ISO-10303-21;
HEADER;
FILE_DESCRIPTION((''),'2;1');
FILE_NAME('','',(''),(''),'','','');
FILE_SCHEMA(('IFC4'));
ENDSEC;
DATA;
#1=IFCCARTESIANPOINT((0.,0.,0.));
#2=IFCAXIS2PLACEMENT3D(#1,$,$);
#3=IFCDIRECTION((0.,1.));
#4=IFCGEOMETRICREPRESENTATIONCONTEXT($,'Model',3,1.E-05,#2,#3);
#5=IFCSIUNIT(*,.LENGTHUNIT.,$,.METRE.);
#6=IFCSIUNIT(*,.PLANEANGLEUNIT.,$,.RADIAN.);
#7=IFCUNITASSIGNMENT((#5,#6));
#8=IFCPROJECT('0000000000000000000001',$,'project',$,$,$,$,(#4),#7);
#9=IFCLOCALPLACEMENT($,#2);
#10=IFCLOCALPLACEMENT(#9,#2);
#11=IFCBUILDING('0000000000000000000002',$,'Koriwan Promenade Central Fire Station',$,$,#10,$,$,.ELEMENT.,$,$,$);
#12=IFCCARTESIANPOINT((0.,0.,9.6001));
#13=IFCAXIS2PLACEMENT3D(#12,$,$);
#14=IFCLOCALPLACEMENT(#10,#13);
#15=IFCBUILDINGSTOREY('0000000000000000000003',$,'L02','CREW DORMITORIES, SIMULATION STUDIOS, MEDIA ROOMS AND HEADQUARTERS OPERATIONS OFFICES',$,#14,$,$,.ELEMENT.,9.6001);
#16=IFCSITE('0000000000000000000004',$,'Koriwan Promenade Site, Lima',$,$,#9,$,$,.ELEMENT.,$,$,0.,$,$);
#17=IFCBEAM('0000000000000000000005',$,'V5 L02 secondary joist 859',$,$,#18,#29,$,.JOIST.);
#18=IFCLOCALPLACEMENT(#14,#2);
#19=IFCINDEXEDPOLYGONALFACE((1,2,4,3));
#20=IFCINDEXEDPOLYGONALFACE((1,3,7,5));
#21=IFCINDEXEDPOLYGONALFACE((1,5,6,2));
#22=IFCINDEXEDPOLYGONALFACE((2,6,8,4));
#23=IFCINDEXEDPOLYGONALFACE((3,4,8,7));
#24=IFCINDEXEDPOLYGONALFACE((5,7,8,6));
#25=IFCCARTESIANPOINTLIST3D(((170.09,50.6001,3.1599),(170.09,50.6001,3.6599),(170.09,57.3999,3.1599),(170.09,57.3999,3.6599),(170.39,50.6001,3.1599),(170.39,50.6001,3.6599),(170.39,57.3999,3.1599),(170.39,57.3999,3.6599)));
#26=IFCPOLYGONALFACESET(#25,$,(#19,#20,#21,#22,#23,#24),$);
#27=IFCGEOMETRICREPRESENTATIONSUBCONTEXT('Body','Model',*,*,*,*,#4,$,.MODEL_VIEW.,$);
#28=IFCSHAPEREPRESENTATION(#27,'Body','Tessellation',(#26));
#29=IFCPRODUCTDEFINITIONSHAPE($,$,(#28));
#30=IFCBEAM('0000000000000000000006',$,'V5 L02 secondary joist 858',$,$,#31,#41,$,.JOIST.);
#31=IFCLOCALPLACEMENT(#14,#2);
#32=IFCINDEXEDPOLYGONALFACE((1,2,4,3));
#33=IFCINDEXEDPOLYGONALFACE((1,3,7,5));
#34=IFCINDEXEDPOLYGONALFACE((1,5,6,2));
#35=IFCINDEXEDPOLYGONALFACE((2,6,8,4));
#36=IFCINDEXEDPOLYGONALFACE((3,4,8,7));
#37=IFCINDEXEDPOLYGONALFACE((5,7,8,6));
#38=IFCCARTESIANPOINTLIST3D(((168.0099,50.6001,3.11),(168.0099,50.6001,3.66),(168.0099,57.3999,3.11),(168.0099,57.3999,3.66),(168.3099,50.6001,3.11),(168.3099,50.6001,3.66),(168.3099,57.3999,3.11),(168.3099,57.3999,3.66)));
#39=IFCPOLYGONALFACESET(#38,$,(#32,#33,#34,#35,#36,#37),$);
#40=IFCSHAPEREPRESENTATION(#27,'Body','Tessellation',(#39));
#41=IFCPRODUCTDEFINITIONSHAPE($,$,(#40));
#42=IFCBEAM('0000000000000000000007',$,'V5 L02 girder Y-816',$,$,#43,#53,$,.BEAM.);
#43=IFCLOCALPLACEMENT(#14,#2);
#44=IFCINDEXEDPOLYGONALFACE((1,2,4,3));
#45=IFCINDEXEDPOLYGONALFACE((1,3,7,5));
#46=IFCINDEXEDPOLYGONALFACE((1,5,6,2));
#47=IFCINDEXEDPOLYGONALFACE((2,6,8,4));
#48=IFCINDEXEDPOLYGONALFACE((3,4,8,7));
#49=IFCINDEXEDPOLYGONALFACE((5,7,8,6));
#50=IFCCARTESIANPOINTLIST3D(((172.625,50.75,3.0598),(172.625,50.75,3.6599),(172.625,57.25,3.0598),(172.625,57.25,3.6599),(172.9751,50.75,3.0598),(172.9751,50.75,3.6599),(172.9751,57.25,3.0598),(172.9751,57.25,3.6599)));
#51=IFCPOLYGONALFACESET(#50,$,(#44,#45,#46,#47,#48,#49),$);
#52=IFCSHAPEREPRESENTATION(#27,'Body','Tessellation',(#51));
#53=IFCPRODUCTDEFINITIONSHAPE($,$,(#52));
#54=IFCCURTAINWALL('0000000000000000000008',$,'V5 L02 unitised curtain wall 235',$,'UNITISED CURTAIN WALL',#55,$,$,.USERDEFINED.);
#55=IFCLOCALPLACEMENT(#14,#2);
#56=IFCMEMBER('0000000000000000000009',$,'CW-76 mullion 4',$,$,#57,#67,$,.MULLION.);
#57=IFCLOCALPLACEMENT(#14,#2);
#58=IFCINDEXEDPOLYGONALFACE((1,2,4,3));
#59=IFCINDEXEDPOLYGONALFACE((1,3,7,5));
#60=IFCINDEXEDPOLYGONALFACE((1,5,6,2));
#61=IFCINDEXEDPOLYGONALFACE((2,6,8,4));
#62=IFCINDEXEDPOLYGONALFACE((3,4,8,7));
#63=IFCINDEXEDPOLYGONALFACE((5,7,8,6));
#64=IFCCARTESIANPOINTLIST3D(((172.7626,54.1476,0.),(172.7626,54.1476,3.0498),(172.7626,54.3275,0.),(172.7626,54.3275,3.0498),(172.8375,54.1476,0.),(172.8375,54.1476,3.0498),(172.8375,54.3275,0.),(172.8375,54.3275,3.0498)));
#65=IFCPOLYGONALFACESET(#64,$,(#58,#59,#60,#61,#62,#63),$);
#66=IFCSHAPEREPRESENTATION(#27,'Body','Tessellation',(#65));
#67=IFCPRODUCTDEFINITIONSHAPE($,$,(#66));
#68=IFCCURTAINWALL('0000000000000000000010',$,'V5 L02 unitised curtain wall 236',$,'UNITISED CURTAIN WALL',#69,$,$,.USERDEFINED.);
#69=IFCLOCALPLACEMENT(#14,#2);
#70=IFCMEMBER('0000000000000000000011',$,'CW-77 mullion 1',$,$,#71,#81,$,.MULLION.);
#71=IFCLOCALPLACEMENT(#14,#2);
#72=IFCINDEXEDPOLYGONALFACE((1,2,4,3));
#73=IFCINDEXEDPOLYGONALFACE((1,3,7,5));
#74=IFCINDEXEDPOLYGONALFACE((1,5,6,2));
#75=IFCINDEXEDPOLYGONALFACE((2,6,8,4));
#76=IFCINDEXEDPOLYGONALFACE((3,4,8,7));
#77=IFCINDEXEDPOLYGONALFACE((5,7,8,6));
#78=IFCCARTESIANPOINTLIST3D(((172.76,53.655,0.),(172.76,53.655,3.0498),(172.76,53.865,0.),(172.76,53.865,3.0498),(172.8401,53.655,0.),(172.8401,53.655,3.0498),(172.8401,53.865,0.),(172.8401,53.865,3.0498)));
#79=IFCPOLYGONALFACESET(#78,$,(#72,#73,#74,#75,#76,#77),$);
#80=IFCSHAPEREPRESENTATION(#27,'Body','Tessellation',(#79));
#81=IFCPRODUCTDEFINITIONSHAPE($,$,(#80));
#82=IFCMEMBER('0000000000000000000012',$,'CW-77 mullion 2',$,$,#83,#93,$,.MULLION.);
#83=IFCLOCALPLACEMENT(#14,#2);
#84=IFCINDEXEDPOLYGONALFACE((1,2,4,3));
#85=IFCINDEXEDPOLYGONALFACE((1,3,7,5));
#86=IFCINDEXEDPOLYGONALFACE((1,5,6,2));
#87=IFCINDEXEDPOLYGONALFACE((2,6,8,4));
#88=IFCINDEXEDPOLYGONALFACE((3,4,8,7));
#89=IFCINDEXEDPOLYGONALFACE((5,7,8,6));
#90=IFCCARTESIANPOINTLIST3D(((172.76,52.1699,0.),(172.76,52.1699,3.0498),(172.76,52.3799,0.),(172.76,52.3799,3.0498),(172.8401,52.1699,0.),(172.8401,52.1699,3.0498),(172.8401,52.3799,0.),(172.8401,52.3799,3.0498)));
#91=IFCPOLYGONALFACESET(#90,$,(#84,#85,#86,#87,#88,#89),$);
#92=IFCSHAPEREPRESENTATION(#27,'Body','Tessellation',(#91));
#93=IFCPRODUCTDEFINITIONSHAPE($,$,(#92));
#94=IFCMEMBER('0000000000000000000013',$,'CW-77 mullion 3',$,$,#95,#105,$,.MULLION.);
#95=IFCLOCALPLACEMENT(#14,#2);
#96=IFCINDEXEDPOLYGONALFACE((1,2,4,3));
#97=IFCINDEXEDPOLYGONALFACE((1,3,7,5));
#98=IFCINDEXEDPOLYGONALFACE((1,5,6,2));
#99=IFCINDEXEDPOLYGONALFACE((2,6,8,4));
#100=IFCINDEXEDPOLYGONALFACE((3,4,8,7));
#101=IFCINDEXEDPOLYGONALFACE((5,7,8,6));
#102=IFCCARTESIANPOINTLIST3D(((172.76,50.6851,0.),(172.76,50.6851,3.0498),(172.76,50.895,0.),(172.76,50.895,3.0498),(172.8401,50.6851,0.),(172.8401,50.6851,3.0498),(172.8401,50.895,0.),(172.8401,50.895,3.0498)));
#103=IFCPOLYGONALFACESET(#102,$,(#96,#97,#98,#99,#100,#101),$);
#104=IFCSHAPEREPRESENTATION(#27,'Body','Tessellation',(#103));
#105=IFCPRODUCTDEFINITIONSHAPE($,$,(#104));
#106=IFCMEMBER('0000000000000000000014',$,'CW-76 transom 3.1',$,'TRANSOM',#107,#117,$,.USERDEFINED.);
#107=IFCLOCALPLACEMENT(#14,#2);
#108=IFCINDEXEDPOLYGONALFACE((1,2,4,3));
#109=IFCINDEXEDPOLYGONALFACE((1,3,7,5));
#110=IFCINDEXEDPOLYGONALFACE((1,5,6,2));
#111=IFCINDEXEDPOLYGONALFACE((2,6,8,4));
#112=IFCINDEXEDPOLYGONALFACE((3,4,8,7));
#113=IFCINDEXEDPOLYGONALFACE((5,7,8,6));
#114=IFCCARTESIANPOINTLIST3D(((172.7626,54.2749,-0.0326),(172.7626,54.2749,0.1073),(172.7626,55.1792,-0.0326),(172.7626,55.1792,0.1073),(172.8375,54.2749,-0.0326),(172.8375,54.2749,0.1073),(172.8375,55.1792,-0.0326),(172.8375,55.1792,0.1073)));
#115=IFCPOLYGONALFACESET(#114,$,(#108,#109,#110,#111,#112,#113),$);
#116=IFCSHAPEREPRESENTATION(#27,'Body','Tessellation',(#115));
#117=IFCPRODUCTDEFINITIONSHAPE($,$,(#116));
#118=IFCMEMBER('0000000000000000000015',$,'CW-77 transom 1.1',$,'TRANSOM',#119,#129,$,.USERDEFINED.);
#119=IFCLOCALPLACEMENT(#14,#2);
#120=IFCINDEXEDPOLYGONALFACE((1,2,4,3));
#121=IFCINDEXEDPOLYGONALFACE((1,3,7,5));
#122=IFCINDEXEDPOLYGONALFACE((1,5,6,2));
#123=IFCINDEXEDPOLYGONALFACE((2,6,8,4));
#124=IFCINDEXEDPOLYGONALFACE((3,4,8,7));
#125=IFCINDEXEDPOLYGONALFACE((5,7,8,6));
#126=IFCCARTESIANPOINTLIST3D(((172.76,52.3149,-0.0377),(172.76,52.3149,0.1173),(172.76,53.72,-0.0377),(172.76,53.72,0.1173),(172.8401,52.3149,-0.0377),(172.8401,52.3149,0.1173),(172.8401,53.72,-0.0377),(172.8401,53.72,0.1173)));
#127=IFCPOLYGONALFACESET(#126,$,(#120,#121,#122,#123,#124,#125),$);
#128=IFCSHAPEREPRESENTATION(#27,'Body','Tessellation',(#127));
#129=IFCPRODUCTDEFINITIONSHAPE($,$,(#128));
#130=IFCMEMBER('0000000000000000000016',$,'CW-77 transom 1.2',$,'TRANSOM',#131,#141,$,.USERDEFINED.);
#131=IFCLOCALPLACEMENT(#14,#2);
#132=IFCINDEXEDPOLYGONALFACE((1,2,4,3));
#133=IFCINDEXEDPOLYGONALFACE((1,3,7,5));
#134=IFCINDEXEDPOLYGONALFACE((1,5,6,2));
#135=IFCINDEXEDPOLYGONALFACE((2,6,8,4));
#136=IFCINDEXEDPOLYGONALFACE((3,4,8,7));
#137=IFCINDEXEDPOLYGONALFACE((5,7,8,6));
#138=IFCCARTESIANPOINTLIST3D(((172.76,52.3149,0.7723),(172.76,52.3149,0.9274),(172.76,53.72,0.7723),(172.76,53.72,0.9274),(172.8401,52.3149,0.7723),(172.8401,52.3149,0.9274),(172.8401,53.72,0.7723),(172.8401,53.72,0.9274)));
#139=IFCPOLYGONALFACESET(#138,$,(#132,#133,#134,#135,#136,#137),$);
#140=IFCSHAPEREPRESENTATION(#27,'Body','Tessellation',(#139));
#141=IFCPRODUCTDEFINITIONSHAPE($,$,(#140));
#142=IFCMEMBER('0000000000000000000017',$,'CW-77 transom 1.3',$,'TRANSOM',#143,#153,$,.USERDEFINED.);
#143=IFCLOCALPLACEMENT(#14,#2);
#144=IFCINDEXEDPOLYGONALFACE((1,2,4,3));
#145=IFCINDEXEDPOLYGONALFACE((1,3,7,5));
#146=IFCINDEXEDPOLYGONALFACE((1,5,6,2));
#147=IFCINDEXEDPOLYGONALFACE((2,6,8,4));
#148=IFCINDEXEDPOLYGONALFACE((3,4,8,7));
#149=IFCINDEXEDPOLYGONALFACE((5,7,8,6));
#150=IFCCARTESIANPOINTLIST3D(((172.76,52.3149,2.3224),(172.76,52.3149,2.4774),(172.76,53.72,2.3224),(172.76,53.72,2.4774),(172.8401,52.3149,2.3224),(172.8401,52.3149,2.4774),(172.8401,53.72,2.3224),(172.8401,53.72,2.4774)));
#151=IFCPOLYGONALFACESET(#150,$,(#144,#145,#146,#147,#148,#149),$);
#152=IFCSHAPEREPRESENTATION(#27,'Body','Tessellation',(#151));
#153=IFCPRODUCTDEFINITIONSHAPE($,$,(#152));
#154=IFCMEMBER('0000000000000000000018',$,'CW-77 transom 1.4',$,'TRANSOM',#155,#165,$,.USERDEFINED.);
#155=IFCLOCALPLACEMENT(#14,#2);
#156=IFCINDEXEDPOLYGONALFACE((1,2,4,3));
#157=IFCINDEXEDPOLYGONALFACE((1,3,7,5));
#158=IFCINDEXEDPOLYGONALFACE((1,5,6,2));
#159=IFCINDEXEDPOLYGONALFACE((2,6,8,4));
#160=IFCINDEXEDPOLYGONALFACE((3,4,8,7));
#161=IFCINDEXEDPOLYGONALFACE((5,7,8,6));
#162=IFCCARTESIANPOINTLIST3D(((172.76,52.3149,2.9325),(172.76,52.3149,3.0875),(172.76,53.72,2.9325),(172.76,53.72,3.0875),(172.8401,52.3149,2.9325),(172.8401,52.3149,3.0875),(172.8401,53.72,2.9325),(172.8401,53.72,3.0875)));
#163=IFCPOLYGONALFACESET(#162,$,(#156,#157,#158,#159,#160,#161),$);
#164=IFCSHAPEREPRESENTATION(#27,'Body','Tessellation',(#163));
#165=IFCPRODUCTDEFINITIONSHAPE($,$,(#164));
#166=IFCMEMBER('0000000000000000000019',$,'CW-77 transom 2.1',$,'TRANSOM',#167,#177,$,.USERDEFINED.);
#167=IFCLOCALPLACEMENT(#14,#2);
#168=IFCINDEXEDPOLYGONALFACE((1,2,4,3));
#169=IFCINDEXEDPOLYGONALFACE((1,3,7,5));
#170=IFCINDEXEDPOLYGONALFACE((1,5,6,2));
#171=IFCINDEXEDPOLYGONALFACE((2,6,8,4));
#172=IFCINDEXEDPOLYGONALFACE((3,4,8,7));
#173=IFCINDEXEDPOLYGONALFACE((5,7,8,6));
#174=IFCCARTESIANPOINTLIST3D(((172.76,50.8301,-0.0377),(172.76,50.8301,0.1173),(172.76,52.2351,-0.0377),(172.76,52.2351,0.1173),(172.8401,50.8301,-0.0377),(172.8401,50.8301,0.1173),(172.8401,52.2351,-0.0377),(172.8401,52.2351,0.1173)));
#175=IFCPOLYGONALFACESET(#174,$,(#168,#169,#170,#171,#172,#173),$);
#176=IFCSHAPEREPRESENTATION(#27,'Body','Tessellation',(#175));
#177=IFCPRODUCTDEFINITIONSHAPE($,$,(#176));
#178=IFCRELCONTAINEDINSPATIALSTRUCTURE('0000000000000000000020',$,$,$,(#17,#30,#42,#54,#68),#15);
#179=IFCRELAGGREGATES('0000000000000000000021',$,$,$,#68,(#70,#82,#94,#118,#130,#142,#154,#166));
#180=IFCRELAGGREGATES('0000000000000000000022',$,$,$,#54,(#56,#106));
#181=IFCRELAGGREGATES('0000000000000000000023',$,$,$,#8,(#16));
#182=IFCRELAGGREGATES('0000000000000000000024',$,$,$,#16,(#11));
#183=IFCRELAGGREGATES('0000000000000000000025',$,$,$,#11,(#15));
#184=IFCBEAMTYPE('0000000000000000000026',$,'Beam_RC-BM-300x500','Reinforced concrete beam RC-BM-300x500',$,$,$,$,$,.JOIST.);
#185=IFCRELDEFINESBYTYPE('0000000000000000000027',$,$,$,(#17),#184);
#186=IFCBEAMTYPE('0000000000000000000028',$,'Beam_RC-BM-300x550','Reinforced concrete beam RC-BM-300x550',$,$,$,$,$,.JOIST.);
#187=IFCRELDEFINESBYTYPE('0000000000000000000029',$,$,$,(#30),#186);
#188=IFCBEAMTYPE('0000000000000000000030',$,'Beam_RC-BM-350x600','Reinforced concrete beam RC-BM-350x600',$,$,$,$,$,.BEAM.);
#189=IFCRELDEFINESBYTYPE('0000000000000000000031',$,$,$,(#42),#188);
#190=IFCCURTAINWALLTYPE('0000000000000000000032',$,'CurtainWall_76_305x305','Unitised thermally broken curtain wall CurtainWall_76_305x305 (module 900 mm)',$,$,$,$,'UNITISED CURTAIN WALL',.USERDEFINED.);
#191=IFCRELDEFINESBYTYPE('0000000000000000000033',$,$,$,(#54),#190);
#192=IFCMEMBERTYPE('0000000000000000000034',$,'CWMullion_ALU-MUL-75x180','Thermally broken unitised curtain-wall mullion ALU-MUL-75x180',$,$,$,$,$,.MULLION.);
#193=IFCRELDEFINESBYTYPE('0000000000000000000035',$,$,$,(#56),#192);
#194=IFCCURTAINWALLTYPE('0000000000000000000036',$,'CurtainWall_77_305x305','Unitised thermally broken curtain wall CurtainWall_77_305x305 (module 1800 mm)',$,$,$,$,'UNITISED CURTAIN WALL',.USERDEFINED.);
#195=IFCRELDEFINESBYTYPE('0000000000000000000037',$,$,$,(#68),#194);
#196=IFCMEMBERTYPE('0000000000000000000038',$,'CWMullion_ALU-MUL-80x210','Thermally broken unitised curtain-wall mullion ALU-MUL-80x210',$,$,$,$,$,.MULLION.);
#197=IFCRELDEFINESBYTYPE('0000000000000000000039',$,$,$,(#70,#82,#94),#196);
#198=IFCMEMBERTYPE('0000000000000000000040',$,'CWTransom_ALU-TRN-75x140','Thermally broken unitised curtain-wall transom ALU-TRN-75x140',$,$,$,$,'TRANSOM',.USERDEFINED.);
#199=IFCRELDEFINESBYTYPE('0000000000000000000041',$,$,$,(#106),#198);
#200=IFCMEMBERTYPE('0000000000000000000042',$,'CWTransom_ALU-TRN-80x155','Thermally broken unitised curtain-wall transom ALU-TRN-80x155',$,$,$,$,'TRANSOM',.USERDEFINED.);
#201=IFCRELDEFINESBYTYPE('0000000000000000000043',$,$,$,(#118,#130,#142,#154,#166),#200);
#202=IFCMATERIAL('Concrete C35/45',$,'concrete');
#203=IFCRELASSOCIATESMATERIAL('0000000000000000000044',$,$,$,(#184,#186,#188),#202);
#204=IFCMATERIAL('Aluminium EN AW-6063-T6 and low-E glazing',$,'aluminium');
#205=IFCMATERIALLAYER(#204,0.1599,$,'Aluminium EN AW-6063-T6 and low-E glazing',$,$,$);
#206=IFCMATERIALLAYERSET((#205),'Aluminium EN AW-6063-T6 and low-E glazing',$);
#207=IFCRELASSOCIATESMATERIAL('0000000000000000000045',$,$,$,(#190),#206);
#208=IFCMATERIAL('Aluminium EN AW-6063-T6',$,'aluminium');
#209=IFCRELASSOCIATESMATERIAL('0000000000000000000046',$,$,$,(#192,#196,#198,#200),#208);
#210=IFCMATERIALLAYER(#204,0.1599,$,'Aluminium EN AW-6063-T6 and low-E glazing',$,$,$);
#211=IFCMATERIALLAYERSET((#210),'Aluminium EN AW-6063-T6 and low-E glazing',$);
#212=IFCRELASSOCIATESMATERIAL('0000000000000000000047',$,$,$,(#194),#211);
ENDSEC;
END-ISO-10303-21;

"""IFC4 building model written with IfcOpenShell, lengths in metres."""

from ifc_helpers import new_model, si_unit, direction, frame, origin, origin_2d, place, context, subcontext, project, spatial, rectangle, extrude, material, layer, layer_set, material_profile, profile_set, type_object, element, aggregate, save


model = new_model("IFC4")

# Units and contexts
model_context = context("Model", 3, precision=1e-05, world=origin(), true_north=direction((0.0, 1.0)))
body_context = subcontext(model_context, "Body", "Model", "MODEL_VIEW")
ifc_project = project(units=[si_unit("LENGTHUNIT", "METRE"), si_unit("PLANEANGLEUNIT", "RADIAN")], contexts=[model_context])

# Site, building, storey
site_placement = place(None, origin())
site = spatial("IfcSite", under=ifc_project, at=site_placement, Name="Koriwan Promenade Site, Lima", CompositionType="ELEMENT", RefElevation=0.0)
building_placement = place(site_placement, origin())
building = spatial("IfcBuilding", under=site, at=building_placement, Name="Koriwan Promenade Central Fire Station", CompositionType="ELEMENT")
storey_placement = place(building_placement, frame((0.0, 0.0, 9.6001)))
storey = spatial("IfcBuildingStorey", under=building, at=storey_placement, Name="L02", Description="CREW DORMITORIES, SIMULATION STUDIOS, MEDIA ROOMS AND HEADQUARTERS OPERATIONS OFFICES", CompositionType="ELEMENT", Elevation=9.6001)

# Beams
ifc_material_1 = material(Name="Concrete C35/45", Category="concrete")
ifc_material_profile_1 = material_profile(ifc_material_1, rectangle(XDim=0.3, YDim=0.5, at=origin_2d()), Name="RC-BM-300x500")
ifc_profile_set_1 = profile_set([ifc_material_profile_1], Name="Concrete C35/45")
beam_type_1 = type_object("IfcBeamType", Name="Beam_RC-BM-300x500", Description="Reinforced concrete beam RC-BM-300x500", PredefinedType="JOIST", material=ifc_profile_set_1)
beam_1_placement = place(storey_placement, frame((170.24, 50.6001, 3.4099), z_axis=(0.0, 1.0, 0.0), x_axis=(-1.0, 0.0, 0.0)))
element("IfcBeam", 1, at=beam_1_placement, inside=storey, type_object=beam_type_1, Name="V5 L02 secondary joist 859", PredefinedType="JOIST", context=body_context, shape_type="SweptSolid", body=[
    extrude(rectangle(XDim=0.3, YDim=0.5, at=origin_2d()), origin(), (0.0, 0.0, 1.0), 6.7998),
])
ifc_material_profile_2 = material_profile(ifc_material_1, rectangle(XDim=0.3, YDim=0.55, at=origin_2d()), Name="RC-BM-300x550")
ifc_profile_set_2 = profile_set([ifc_material_profile_2], Name="Concrete C35/45")
beam_type_2 = type_object("IfcBeamType", Name="Beam_RC-BM-300x550", Description="Reinforced concrete beam RC-BM-300x550", PredefinedType="JOIST", material=ifc_profile_set_2)
beam_2_placement = place(storey_placement, frame((168.1599, 50.6001, 3.385), z_axis=(0.0, 1.0, 0.0), x_axis=(-1.0, 0.0, 0.0)))
element("IfcBeam", 2, at=beam_2_placement, inside=storey, type_object=beam_type_2, Name="V5 L02 secondary joist 858", PredefinedType="JOIST", context=body_context, shape_type="SweptSolid", body=[
    extrude(rectangle(XDim=0.3, YDim=0.55, at=origin_2d()), origin(), (0.0, 0.0, 1.0), 6.7998),
])
ifc_material_profile_3 = material_profile(ifc_material_1, rectangle(XDim=0.3501, YDim=0.6001, at=origin_2d()), Name="RC-BM-350x600")
ifc_profile_set_3 = profile_set([ifc_material_profile_3], Name="Concrete C35/45")
beam_type_3 = type_object("IfcBeamType", Name="Beam_RC-BM-350x600", Description="Reinforced concrete beam RC-BM-350x600", PredefinedType="BEAM", material=ifc_profile_set_3)
beam_3_placement = place(storey_placement, frame((172.8, 50.75, 3.3599), z_axis=(0.0, 1.0, 0.0), x_axis=(-1.0, 0.0, 0.0)))
element("IfcBeam", 3, at=beam_3_placement, inside=storey, type_object=beam_type_3, Name="V5 L02 girder Y-816", PredefinedType="BEAM", context=body_context, shape_type="SweptSolid", body=[
    extrude(rectangle(XDim=0.3501, YDim=0.6001, at=origin_2d()), origin(), (0.0, 0.0, 1.0), 6.5),
])

# Curtain wall, member
ifc_material_2 = material(Name="Aluminium EN AW-6063-T6 and low-E glazing", Category="aluminium")
ifc_layer_1 = layer(ifc_material_2, 0.1599, Name="Aluminium EN AW-6063-T6 and low-E glazing")
ifc_layer_set_1 = layer_set([ifc_layer_1], Name="Aluminium EN AW-6063-T6 and low-E glazing")
curtain_wall_type_1 = type_object("IfcCurtainWallType", Name="CurtainWall_76_305x305", Description="Unitised thermally broken curtain wall CurtainWall_76_305x305 (module 900 mm)", ElementType="UNITISED CURTAIN WALL", PredefinedType="USERDEFINED", material=ifc_layer_set_1)
curtain_wall_1_placement = place(storey_placement, origin())
curtain_wall_1 = element("IfcCurtainWall", 4, at=curtain_wall_1_placement, inside=storey, type_object=curtain_wall_type_1, Name="V5 L02 unitised curtain wall 235", ObjectType="UNITISED CURTAIN WALL", PredefinedType="USERDEFINED")
ifc_material_3 = material(Name="Aluminium EN AW-6063-T6", Category="aluminium")
ifc_material_profile_4 = material_profile(ifc_material_3, rectangle(XDim=0.075, YDim=0.1799, at=origin_2d()), Name="ALU-MUL-75x180")
ifc_profile_set_4 = profile_set([ifc_material_profile_4], Name="Aluminium EN AW-6063-T6")
member_type_1 = type_object("IfcMemberType", Name="CWMullion_ALU-MUL-75x180", Description="Thermally broken unitised curtain-wall mullion ALU-MUL-75x180", PredefinedType="MULLION", material=ifc_profile_set_4)
member_1_placement = place(storey_placement, frame((172.8, 54.2375, 0.0), z_axis=(0.0, 0.0, 1.0), x_axis=(1.0, 0.0, 0.0)))
member_1 = element("IfcMember", 5, at=member_1_placement, type_object=member_type_1, Name="CW-76 mullion 4", PredefinedType="MULLION", context=body_context, shape_type="SweptSolid", body=[
    extrude(rectangle(XDim=0.075, YDim=0.1799, at=origin_2d()), origin(), (0.0, 0.0, 1.0), 3.0498),
])

# Curtain wall, members
ifc_layer_2 = layer(ifc_material_2, 0.1599, Name="Aluminium EN AW-6063-T6 and low-E glazing")
ifc_layer_set_2 = layer_set([ifc_layer_2], Name="Aluminium EN AW-6063-T6 and low-E glazing")
curtain_wall_type_2 = type_object("IfcCurtainWallType", Name="CurtainWall_77_305x305", Description="Unitised thermally broken curtain wall CurtainWall_77_305x305 (module 1800 mm)", ElementType="UNITISED CURTAIN WALL", PredefinedType="USERDEFINED", material=ifc_layer_set_2)
curtain_wall_2_placement = place(storey_placement, origin())
curtain_wall_2 = element("IfcCurtainWall", 6, at=curtain_wall_2_placement, inside=storey, type_object=curtain_wall_type_2, Name="V5 L02 unitised curtain wall 236", ObjectType="UNITISED CURTAIN WALL", PredefinedType="USERDEFINED")
ifc_material_profile_5 = material_profile(ifc_material_3, rectangle(XDim=0.0801, YDim=0.21, at=origin_2d()), Name="ALU-MUL-80x210")
ifc_profile_set_5 = profile_set([ifc_material_profile_5], Name="Aluminium EN AW-6063-T6")
member_type_2 = type_object("IfcMemberType", Name="CWMullion_ALU-MUL-80x210", Description="Thermally broken unitised curtain-wall mullion ALU-MUL-80x210", PredefinedType="MULLION", material=ifc_profile_set_5)
member_2_placement = place(storey_placement, frame((172.8, 53.76, 0.0), z_axis=(0.0, 0.0, 1.0), x_axis=(1.0, 0.0, 0.0)))
member_2 = element("IfcMember", 7, at=member_2_placement, type_object=member_type_2, Name="CW-77 mullion 1", PredefinedType="MULLION", context=body_context, shape_type="SweptSolid", body=[
    extrude(rectangle(XDim=0.0801, YDim=0.21, at=origin_2d()), origin(), (0.0, 0.0, 1.0), 3.0498),
])
member_3_placement = place(storey_placement, frame((172.8, 52.2749, 0.0), z_axis=(0.0, 0.0, 1.0), x_axis=(1.0, 0.0, 0.0)))
member_3 = element("IfcMember", 8, at=member_3_placement, type_object=member_type_2, Name="CW-77 mullion 2", PredefinedType="MULLION", context=body_context, shape_type="SweptSolid", body=[
    extrude(rectangle(XDim=0.0801, YDim=0.21, at=origin_2d()), origin(), (0.0, 0.0, 1.0), 3.0498),
])
member_4_placement = place(storey_placement, frame((172.8, 50.79, 0.0), z_axis=(0.0, 0.0, 1.0), x_axis=(1.0, 0.0, 0.0)))
member_4 = element("IfcMember", 9, at=member_4_placement, type_object=member_type_2, Name="CW-77 mullion 3", PredefinedType="MULLION", context=body_context, shape_type="SweptSolid", body=[
    extrude(rectangle(XDim=0.0801, YDim=0.21, at=origin_2d()), origin(), (0.0, 0.0, 1.0), 3.0498),
])

# Members
ifc_material_profile_6 = material_profile(ifc_material_3, rectangle(XDim=0.075, YDim=0.1399, at=origin_2d()), Name="ALU-TRN-75x140")
ifc_profile_set_6 = profile_set([ifc_material_profile_6], Name="Aluminium EN AW-6063-T6")
member_type_3 = type_object("IfcMemberType", Name="CWTransom_ALU-TRN-75x140", Description="Thermally broken unitised curtain-wall transom ALU-TRN-75x140", ElementType="TRANSOM", PredefinedType="USERDEFINED", material=ifc_profile_set_6)
member_5_placement = place(storey_placement, frame((172.8, 55.1792, 0.0374), z_axis=(0.0, -1.0, 0.0), x_axis=(1.0, 0.0, 0.0)))
member_5 = element("IfcMember", 10, at=member_5_placement, type_object=member_type_3, Name="CW-76 transom 3.1", ObjectType="TRANSOM", PredefinedType="USERDEFINED", context=body_context, shape_type="SweptSolid", body=[
    extrude(rectangle(XDim=0.075, YDim=0.1399, at=origin_2d()), origin(), (0.0, 0.0, 1.0), 0.9043),
])
ifc_material_profile_7 = material_profile(ifc_material_3, rectangle(XDim=0.0801, YDim=0.155, at=origin_2d()), Name="ALU-TRN-80x155")
ifc_profile_set_7 = profile_set([ifc_material_profile_7], Name="Aluminium EN AW-6063-T6")
member_type_4 = type_object("IfcMemberType", Name="CWTransom_ALU-TRN-80x155", Description="Thermally broken unitised curtain-wall transom ALU-TRN-80x155", ElementType="TRANSOM", PredefinedType="USERDEFINED", material=ifc_profile_set_7)
member_6_placement = place(storey_placement, frame((172.8, 53.72, 0.0398), z_axis=(0.0, -1.0, 0.0), x_axis=(1.0, 0.0, 0.0)))
member_6 = element("IfcMember", 11, at=member_6_placement, type_object=member_type_4, Name="CW-77 transom 1.1", ObjectType="TRANSOM", PredefinedType="USERDEFINED", context=body_context, shape_type="SweptSolid", body=[
    extrude(rectangle(XDim=0.0801, YDim=0.155, at=origin_2d()), origin(), (0.0, 0.0, 1.0), 1.405),
])
member_7_placement = place(storey_placement, frame((172.8, 53.72, 0.8499), z_axis=(0.0, -1.0, 0.0), x_axis=(1.0, 0.0, 0.0)))
member_7 = element("IfcMember", 12, at=member_7_placement, type_object=member_type_4, Name="CW-77 transom 1.2", ObjectType="TRANSOM", PredefinedType="USERDEFINED", context=body_context, shape_type="SweptSolid", body=[
    extrude(rectangle(XDim=0.0801, YDim=0.155, at=origin_2d()), origin(), (0.0, 0.0, 1.0), 1.405),
])
member_8_placement = place(storey_placement, frame((172.8, 53.72, 2.3999), z_axis=(0.0, -1.0, 0.0), x_axis=(1.0, 0.0, 0.0)))
member_8 = element("IfcMember", 13, at=member_8_placement, type_object=member_type_4, Name="CW-77 transom 1.3", ObjectType="TRANSOM", PredefinedType="USERDEFINED", context=body_context, shape_type="SweptSolid", body=[
    extrude(rectangle(XDim=0.0801, YDim=0.155, at=origin_2d()), origin(), (0.0, 0.0, 1.0), 1.405),
])
member_9_placement = place(storey_placement, frame((172.8, 53.72, 3.01), z_axis=(0.0, -1.0, 0.0), x_axis=(1.0, 0.0, 0.0)))
member_9 = element("IfcMember", 14, at=member_9_placement, type_object=member_type_4, Name="CW-77 transom 1.4", ObjectType="TRANSOM", PredefinedType="USERDEFINED", context=body_context, shape_type="SweptSolid", body=[
    extrude(rectangle(XDim=0.0801, YDim=0.155, at=origin_2d()), origin(), (0.0, 0.0, 1.0), 1.405),
])
member_10_placement = place(storey_placement, frame((172.8, 52.2351, 0.0398), z_axis=(0.0, -1.0, 0.0), x_axis=(1.0, 0.0, 0.0)))
member_10 = element("IfcMember", 15, at=member_10_placement, type_object=member_type_4, Name="CW-77 transom 2.1", ObjectType="TRANSOM", PredefinedType="USERDEFINED", context=body_context, shape_type="SweptSolid", body=[
    extrude(rectangle(XDim=0.0801, YDim=0.155, at=origin_2d()), origin(), (0.0, 0.0, 1.0), 1.405),
])

aggregate(curtain_wall_2, [member_2, member_3, member_4, member_6, member_7, member_8, member_9, member_10])
aggregate(curtain_wall_1, [member_1, member_5])

save(model, "model.ifc")
